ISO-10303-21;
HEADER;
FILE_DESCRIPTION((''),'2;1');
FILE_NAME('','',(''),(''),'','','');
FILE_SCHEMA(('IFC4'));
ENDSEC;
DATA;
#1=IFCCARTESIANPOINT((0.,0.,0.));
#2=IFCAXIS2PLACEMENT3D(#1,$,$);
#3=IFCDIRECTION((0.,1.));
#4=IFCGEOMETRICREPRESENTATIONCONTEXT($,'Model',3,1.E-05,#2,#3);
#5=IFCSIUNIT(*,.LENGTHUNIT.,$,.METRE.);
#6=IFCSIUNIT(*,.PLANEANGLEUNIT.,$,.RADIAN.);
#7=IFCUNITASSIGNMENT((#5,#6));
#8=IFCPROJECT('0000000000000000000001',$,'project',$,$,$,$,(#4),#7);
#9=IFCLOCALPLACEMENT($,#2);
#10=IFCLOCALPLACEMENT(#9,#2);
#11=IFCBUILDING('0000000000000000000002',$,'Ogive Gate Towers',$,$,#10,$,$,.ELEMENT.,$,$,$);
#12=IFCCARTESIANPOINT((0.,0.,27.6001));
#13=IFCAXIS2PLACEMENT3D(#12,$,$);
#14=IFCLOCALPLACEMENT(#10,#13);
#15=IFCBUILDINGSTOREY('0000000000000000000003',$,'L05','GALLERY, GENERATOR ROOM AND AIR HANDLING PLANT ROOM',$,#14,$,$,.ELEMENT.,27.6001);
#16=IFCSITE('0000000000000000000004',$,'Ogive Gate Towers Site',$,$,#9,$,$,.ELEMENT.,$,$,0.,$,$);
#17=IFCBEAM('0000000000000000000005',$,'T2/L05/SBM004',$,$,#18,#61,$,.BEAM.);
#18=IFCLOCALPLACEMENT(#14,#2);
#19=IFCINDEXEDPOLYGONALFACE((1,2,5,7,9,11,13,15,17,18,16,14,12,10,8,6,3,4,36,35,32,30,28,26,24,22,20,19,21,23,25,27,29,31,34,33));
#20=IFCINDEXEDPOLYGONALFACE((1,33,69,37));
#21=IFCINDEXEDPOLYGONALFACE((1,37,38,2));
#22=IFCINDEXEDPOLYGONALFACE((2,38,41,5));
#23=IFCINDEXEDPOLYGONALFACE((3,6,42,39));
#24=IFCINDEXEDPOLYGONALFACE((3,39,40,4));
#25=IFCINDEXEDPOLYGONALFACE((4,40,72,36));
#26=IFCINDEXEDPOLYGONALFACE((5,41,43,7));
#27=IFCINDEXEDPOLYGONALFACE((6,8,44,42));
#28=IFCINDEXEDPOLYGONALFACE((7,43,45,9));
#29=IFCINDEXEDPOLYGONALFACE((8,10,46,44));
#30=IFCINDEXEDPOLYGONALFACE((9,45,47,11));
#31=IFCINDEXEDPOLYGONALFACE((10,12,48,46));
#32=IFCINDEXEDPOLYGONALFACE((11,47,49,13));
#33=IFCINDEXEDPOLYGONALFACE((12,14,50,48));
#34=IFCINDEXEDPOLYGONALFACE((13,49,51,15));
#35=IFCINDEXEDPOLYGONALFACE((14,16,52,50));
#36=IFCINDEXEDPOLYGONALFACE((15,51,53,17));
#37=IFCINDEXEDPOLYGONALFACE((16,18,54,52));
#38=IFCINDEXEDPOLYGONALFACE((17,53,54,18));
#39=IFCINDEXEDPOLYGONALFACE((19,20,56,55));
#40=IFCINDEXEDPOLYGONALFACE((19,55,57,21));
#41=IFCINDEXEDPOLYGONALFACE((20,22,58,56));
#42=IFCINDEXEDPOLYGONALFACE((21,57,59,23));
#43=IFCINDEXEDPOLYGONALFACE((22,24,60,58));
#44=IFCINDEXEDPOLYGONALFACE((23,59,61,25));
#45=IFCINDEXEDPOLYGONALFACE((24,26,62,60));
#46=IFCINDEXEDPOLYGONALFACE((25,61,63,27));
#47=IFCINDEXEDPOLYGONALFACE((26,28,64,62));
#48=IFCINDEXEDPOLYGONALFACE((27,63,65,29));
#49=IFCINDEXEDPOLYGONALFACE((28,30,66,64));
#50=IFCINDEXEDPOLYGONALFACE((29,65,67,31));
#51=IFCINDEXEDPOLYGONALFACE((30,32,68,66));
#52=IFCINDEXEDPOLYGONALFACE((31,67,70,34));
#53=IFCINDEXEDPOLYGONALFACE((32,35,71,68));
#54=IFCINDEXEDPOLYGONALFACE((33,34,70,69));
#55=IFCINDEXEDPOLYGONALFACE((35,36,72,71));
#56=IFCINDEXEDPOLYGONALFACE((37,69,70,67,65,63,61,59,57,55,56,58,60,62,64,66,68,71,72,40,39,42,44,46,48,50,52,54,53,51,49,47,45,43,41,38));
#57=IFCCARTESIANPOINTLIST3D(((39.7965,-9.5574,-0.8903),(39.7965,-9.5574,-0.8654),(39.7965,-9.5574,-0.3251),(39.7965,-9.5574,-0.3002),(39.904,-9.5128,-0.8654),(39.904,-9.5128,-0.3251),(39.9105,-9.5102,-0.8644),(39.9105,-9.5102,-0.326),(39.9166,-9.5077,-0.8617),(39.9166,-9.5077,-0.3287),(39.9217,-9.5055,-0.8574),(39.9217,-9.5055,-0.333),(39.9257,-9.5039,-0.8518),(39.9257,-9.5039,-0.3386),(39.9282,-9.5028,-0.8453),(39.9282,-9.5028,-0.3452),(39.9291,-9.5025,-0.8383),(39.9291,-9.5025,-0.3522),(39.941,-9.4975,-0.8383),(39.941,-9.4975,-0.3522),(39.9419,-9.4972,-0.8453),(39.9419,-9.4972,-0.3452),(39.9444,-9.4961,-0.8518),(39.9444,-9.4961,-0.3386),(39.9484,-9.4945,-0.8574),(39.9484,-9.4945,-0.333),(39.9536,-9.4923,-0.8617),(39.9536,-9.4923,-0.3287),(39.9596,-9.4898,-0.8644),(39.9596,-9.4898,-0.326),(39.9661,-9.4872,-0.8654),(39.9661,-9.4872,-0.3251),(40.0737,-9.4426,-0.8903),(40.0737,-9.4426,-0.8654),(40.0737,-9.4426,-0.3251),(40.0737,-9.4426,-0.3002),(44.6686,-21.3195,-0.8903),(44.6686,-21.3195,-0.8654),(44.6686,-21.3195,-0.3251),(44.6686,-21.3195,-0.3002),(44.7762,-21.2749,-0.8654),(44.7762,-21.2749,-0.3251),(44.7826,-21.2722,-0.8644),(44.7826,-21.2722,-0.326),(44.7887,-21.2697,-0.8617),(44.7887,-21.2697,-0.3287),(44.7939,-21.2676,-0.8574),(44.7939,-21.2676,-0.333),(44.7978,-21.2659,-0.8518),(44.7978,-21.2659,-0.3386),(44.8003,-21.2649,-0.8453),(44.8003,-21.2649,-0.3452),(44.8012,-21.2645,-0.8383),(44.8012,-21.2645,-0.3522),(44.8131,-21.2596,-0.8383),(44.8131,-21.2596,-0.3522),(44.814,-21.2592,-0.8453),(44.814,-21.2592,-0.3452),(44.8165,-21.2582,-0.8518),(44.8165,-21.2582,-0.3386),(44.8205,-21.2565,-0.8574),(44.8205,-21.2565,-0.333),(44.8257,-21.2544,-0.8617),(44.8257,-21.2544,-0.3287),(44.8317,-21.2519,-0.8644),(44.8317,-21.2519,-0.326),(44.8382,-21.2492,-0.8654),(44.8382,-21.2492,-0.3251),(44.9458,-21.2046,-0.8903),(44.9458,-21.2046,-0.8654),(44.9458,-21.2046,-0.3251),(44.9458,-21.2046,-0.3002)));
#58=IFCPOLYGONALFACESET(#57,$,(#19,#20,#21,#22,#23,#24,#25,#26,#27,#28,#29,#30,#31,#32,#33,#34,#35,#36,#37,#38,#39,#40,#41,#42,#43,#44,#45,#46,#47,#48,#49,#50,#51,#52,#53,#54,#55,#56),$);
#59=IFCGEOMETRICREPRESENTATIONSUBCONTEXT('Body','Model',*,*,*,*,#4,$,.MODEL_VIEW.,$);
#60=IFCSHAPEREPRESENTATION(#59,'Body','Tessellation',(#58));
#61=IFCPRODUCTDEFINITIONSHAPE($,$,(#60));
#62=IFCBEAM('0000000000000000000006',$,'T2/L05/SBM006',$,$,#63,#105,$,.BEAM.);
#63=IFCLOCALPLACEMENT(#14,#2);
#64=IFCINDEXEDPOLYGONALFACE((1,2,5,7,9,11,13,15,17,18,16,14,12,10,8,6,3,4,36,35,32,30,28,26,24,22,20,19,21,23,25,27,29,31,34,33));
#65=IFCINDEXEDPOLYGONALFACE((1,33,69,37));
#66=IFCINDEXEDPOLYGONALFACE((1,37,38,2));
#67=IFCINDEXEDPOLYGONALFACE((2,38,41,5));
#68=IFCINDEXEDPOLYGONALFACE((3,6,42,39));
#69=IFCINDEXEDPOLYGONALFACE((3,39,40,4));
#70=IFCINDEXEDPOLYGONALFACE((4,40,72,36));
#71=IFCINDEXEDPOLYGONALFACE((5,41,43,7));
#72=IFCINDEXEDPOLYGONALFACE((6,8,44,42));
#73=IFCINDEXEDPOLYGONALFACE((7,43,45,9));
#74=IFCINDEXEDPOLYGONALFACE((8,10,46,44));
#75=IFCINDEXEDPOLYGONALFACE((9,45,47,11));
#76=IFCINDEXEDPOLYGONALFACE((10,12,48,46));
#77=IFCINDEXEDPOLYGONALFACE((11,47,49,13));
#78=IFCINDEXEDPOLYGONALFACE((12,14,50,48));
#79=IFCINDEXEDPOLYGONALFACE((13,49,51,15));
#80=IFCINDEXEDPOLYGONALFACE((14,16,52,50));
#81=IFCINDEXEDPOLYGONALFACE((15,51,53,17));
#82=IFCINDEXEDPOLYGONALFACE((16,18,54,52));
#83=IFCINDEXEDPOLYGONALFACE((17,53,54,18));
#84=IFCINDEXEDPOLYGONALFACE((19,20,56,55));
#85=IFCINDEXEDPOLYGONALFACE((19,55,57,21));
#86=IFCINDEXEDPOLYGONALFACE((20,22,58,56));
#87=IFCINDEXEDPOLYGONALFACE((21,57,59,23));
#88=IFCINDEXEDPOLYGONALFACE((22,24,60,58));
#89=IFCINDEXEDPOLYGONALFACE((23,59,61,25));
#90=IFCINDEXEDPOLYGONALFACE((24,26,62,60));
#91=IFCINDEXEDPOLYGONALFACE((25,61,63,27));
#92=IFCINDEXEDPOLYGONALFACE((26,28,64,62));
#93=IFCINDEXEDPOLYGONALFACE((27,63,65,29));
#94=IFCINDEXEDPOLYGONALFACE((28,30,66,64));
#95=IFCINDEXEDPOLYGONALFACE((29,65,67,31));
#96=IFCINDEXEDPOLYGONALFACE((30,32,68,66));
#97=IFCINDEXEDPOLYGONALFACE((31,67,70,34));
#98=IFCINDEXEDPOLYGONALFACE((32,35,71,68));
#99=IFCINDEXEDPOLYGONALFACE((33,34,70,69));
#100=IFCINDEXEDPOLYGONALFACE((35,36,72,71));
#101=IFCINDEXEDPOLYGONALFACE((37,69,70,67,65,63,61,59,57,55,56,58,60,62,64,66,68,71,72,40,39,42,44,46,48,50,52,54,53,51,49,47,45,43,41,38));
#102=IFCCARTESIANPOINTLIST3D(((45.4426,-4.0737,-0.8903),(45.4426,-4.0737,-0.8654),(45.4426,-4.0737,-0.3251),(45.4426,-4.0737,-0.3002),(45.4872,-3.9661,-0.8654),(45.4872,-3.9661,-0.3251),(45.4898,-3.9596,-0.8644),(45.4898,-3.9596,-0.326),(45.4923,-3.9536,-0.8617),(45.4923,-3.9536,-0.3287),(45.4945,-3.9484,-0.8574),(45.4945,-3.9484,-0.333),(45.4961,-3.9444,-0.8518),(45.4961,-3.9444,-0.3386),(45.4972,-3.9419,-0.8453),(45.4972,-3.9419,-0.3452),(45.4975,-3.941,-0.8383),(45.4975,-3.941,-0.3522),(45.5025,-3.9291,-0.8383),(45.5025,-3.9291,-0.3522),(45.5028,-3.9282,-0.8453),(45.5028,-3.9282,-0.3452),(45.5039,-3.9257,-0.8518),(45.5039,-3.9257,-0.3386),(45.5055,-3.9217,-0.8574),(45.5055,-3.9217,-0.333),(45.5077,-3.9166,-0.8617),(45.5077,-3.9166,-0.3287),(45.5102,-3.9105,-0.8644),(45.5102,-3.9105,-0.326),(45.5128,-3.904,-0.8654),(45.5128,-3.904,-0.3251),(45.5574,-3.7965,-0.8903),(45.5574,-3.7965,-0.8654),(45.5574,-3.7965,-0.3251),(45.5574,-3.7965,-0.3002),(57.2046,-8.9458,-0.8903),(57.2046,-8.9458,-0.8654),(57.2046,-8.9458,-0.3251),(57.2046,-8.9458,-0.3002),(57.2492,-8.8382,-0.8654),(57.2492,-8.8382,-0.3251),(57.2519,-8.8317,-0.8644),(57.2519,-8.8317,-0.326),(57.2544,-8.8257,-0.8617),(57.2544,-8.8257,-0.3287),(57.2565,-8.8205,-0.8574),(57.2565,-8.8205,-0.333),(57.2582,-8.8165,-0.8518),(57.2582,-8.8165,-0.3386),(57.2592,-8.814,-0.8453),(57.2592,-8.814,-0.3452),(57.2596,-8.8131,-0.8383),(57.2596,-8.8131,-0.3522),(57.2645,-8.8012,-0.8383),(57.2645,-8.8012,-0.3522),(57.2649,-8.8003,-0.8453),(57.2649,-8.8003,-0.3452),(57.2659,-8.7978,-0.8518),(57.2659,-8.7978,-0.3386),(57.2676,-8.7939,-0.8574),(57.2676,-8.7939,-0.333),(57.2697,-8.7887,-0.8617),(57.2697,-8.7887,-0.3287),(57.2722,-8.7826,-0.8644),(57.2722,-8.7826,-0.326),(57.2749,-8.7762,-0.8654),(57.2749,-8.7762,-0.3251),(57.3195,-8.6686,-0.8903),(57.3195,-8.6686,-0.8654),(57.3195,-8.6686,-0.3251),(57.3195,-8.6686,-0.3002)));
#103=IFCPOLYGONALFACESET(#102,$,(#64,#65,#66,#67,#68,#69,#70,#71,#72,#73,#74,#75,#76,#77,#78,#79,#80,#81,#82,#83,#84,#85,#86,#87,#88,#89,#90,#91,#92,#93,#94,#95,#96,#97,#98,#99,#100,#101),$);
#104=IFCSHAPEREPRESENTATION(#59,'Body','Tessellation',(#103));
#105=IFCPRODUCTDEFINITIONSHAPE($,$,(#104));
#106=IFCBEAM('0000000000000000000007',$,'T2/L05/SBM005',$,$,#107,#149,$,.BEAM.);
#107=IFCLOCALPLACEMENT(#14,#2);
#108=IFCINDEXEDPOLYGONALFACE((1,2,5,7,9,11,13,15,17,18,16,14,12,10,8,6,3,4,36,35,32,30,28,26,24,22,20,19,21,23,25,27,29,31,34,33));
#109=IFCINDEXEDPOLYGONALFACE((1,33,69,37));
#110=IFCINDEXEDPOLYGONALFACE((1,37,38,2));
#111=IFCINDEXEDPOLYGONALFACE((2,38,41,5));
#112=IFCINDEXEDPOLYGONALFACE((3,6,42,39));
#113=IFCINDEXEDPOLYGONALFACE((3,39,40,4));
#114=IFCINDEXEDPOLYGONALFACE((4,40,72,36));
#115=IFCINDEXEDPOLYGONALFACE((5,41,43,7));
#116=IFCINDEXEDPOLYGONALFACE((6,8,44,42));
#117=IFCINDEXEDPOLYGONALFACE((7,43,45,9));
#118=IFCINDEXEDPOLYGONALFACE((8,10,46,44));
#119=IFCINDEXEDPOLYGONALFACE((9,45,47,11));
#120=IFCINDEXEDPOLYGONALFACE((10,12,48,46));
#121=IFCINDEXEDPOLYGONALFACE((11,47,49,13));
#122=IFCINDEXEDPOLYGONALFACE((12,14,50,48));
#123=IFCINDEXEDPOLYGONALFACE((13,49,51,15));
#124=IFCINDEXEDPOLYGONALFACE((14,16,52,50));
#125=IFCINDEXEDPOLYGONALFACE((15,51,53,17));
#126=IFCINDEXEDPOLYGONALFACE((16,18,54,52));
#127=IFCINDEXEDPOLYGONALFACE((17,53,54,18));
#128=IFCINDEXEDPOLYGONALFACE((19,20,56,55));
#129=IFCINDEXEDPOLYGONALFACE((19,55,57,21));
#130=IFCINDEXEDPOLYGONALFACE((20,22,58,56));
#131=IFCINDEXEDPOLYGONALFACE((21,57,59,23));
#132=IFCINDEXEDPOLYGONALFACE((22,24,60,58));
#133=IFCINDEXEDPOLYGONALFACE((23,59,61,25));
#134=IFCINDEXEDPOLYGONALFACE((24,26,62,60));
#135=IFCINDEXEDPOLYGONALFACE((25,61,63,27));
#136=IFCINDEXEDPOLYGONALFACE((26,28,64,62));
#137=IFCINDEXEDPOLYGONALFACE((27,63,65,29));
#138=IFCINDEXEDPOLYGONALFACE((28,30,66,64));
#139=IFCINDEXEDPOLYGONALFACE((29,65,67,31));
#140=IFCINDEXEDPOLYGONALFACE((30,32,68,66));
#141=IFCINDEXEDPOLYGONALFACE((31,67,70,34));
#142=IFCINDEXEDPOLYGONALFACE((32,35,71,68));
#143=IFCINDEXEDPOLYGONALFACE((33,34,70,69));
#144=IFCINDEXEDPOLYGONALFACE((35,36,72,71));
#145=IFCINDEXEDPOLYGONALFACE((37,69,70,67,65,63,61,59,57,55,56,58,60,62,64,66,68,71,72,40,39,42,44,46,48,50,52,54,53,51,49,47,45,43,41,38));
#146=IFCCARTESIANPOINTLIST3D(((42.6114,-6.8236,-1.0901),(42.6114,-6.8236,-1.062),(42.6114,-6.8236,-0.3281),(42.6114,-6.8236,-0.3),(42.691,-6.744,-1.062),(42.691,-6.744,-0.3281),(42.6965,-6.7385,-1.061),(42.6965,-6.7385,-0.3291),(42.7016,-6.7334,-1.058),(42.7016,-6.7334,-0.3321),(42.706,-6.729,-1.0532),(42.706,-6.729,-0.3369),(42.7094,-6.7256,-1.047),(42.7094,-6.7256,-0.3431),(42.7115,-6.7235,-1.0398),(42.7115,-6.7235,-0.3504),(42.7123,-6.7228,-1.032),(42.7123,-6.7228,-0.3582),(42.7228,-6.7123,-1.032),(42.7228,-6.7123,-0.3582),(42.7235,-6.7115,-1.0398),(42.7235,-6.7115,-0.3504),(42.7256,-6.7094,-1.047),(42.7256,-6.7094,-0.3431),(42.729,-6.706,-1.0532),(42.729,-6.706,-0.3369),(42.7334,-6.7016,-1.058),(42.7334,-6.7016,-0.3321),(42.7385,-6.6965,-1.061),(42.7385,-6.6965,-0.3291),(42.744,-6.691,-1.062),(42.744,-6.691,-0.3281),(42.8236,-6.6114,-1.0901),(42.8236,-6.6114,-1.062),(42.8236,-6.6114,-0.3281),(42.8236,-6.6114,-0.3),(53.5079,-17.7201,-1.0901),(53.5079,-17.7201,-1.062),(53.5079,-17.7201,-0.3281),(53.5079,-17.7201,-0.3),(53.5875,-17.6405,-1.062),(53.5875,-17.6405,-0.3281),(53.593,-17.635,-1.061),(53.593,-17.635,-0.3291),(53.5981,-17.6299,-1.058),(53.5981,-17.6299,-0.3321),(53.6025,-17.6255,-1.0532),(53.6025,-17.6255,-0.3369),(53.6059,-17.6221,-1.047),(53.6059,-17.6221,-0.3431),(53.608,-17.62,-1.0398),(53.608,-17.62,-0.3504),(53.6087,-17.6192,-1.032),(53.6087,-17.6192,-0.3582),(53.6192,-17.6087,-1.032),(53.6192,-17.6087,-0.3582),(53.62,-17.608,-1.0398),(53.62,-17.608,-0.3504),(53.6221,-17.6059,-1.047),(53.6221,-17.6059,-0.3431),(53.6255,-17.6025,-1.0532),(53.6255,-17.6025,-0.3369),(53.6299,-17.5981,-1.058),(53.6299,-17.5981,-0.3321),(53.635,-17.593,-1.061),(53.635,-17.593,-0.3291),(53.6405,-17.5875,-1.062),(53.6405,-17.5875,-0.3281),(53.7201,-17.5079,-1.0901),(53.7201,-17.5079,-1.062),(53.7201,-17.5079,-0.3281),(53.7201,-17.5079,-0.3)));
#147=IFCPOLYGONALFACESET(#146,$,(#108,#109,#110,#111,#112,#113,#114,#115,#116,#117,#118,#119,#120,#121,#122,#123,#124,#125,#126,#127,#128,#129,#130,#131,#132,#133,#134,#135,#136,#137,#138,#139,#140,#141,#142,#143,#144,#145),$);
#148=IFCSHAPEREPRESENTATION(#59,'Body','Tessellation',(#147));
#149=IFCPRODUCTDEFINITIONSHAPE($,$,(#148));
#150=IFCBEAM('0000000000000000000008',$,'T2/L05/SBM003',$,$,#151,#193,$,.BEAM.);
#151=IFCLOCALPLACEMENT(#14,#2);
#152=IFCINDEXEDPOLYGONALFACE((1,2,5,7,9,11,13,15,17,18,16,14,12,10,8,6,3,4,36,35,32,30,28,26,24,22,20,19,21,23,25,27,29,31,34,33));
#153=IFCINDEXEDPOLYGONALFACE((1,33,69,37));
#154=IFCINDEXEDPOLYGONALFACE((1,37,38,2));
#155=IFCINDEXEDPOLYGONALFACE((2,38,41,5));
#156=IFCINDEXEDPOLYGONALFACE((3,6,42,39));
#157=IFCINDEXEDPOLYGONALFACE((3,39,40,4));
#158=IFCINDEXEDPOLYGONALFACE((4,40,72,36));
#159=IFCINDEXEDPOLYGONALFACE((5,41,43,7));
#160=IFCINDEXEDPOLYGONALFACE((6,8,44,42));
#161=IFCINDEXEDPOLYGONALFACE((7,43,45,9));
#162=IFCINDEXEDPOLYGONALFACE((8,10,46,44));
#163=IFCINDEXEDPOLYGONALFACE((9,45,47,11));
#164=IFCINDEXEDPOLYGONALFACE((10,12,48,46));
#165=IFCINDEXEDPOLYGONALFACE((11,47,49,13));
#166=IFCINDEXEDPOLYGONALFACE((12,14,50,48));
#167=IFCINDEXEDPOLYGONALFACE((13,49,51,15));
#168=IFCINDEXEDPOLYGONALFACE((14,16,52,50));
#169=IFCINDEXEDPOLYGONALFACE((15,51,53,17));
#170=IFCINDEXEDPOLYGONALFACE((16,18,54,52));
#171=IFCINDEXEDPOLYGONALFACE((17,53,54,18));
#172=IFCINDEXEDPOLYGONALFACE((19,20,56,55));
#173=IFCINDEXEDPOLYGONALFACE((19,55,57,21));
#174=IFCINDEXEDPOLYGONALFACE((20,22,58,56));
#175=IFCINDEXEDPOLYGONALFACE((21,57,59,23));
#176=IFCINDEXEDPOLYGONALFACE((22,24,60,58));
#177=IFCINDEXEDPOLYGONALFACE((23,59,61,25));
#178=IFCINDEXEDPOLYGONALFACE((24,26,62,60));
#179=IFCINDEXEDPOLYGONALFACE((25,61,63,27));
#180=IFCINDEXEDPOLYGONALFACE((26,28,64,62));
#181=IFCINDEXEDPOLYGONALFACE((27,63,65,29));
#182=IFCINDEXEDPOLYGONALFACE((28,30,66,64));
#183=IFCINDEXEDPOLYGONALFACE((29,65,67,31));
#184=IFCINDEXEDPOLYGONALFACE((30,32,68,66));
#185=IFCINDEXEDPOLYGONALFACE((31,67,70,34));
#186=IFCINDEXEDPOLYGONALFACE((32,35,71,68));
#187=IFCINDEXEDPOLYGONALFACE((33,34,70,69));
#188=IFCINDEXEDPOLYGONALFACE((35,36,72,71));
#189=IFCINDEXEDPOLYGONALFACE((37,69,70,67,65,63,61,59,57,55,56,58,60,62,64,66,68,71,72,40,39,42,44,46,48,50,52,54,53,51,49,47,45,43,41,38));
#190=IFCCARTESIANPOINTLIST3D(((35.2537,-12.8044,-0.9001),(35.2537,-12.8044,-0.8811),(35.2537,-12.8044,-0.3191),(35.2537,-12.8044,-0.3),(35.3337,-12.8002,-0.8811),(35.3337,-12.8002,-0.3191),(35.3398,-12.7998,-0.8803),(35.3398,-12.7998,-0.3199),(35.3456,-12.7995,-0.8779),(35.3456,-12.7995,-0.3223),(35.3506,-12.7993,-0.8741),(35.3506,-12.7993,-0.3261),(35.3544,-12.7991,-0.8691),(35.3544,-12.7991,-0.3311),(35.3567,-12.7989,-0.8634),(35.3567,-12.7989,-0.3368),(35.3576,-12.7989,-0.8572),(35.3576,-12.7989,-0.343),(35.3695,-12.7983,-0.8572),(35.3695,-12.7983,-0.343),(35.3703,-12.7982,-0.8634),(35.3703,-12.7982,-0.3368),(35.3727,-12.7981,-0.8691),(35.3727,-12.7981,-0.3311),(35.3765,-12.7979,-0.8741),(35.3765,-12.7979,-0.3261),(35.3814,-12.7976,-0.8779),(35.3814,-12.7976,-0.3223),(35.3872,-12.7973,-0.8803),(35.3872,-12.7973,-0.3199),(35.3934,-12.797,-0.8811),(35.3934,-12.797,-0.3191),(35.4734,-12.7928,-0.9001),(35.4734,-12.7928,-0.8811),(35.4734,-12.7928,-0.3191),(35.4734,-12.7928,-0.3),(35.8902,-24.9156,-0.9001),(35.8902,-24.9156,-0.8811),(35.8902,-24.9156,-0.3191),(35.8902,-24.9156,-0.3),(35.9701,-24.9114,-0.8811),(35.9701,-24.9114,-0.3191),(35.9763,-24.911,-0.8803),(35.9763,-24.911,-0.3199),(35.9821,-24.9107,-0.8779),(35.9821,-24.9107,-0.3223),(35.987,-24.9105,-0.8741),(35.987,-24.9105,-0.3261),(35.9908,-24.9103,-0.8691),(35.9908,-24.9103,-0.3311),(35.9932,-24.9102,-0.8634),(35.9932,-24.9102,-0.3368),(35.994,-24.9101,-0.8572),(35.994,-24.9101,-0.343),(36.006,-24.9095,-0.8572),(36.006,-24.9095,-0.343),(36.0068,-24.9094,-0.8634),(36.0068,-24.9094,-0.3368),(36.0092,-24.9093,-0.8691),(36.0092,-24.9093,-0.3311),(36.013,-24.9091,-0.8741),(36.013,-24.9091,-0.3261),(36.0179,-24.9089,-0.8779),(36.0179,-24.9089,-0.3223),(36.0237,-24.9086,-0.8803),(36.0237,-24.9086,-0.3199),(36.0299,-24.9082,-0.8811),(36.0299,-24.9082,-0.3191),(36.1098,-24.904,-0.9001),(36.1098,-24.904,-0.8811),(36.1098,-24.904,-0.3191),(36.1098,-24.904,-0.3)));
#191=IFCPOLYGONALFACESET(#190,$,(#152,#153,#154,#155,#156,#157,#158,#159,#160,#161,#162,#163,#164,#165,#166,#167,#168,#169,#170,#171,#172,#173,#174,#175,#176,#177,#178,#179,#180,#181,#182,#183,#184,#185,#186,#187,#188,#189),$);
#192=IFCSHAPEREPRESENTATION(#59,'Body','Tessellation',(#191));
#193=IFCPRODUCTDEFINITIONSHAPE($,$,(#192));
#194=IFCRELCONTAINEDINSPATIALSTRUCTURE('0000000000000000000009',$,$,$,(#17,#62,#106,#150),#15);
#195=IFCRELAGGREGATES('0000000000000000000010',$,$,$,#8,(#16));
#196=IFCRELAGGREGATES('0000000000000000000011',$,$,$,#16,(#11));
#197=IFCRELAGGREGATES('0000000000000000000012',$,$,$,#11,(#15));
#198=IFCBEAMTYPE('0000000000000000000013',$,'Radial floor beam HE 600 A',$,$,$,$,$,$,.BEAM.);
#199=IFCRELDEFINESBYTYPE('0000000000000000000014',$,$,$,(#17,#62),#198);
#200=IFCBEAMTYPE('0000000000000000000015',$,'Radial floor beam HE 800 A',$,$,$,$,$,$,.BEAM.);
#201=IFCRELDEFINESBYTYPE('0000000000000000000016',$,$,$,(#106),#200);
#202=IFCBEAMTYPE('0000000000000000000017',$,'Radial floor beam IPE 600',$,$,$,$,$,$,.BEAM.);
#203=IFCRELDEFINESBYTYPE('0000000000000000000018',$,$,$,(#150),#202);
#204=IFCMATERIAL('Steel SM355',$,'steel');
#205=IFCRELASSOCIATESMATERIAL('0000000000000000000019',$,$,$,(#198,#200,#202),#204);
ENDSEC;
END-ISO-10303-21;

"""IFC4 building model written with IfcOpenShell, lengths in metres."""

from ifc_helpers import new_model, si_unit, direction, frame, origin, origin_2d, place, context, subcontext, project, spatial, i_section, extrude, material, material_profile, profile_set, type_object, element, save


model = new_model("IFC4")

# Units and contexts
model_context = context("Model", 3, precision=1e-05, world=origin(), true_north=direction((0.0, 1.0)))
body_context = subcontext(model_context, "Body", "Model", "MODEL_VIEW")
ifc_project = project(units=[si_unit("LENGTHUNIT", "METRE"), si_unit("PLANEANGLEUNIT", "RADIAN")], contexts=[model_context])

# Site, building, storey
site_placement = place(None, origin())
site = spatial("IfcSite", under=ifc_project, at=site_placement, Name="Ogive Gate Towers Site", CompositionType="ELEMENT", RefElevation=0.0)
building_placement = place(site_placement, origin())
building = spatial("IfcBuilding", under=site, at=building_placement, Name="Ogive Gate Towers", CompositionType="ELEMENT")
storey_placement = place(building_placement, frame((0.0, 0.0, 27.6001)))
storey = spatial("IfcBuildingStorey", under=building, at=storey_placement, Name="L05", Description="GALLERY, GENERATOR ROOM AND AIR HANDLING PLANT ROOM", CompositionType="ELEMENT", Elevation=27.6001)

# Beams
ifc_material_1 = material(Name="Steel SM355", Category="steel")
ifc_material_profile_1 = material_profile(ifc_material_1, i_section(OverallWidth=0.3, OverallDepth=0.5901, WebThickness=0.0129, FlangeThickness=0.0249, FilletRadius=0.0271, at=origin_2d()), Name="HE 600 A")
ifc_profile_set_1 = profile_set([ifc_material_profile_1], Name="Steel SM355")
beam_type_1 = type_object("IfcBeamType", Name="Radial floor beam HE 600 A", PredefinedType="BEAM", material=ifc_profile_set_1)
for number, where, z_axis, x_axis, name in (
    (1, (39.9351, -9.5, -0.5952), (0.382691, -0.923877, 0.0), (0.923877, 0.382691, 0.0), "T2/L05/SBM004"),
    (2, (45.5, -3.9351, -0.5952), (0.923877, -0.382691, 0.0), (0.382691, 0.923877, 0.0), "T2/L05/SBM006"),
):
    element("IfcBeam", number, at=place(storey_placement, frame(where, z_axis=z_axis, x_axis=x_axis)), inside=storey, type_object=beam_type_1, Name=name, PredefinedType="BEAM", context=body_context, shape_type="SweptSolid", body=[
        extrude(i_section(OverallWidth=0.3, OverallDepth=0.5901, WebThickness=0.0129, FlangeThickness=0.0249, FilletRadius=0.0271, at=origin_2d()), origin(), (0.0, 0.0, 1.0), 12.7312),
    ])
ifc_material_profile_2 = material_profile(ifc_material_1, i_section(OverallWidth=0.3, OverallDepth=0.79, WebThickness=0.0149, FlangeThickness=0.0281, FilletRadius=0.03, at=origin_2d()), Name="HE 800 A")
ifc_profile_set_2 = profile_set([ifc_material_profile_2], Name="Steel SM355")
beam_type_2 = type_object("IfcBeamType", Name="Radial floor beam HE 800 A", PredefinedType="BEAM", material=ifc_profile_set_2)
beam_1_placement = place(storey_placement, frame((42.7175, -6.7175, -0.6951), z_axis=(0.707107, -0.707107, 0.0), x_axis=(0.707107, 0.707107, 0.0)))
element("IfcBeam", 3, at=beam_1_placement, inside=storey, type_object=beam_type_2, Name="T2/L05/SBM005", PredefinedType="BEAM", context=body_context, shape_type="SweptSolid", body=[
    extrude(i_section(OverallWidth=0.3, OverallDepth=0.79, WebThickness=0.0149, FlangeThickness=0.0281, FilletRadius=0.03, at=origin_2d()), origin(), (0.0, 0.0, 1.0), 15.4099),
])
ifc_material_profile_3 = material_profile(ifc_material_1, i_section(OverallWidth=0.22, OverallDepth=0.6001, WebThickness=0.012, FlangeThickness=0.019, FilletRadius=0.0239, at=origin_2d()), Name="IPE 600")
ifc_profile_set_3 = profile_set([ifc_material_profile_3], Name="Steel SM355")
beam_type_3 = type_object("IfcBeamType", Name="Radial floor beam IPE 600", PredefinedType="BEAM", material=ifc_profile_set_3)
beam_2_placement = place(storey_placement, frame((35.3635, -12.7986, -0.6001), z_axis=(0.05248, -0.998622, 0.0), x_axis=(0.998622, 0.05248, 0.0)))
element("IfcBeam", 4, at=beam_2_placement, inside=storey, type_object=beam_type_3, Name="T2/L05/SBM003", PredefinedType="BEAM", context=body_context, shape_type="SweptSolid", body=[
    extrude(i_section(OverallWidth=0.22, OverallDepth=0.6001, WebThickness=0.012, FlangeThickness=0.019, FilletRadius=0.0239, at=origin_2d()), origin(), (0.0, 0.0, 1.0), 12.1279),
])

save(model, "model.ifc")
